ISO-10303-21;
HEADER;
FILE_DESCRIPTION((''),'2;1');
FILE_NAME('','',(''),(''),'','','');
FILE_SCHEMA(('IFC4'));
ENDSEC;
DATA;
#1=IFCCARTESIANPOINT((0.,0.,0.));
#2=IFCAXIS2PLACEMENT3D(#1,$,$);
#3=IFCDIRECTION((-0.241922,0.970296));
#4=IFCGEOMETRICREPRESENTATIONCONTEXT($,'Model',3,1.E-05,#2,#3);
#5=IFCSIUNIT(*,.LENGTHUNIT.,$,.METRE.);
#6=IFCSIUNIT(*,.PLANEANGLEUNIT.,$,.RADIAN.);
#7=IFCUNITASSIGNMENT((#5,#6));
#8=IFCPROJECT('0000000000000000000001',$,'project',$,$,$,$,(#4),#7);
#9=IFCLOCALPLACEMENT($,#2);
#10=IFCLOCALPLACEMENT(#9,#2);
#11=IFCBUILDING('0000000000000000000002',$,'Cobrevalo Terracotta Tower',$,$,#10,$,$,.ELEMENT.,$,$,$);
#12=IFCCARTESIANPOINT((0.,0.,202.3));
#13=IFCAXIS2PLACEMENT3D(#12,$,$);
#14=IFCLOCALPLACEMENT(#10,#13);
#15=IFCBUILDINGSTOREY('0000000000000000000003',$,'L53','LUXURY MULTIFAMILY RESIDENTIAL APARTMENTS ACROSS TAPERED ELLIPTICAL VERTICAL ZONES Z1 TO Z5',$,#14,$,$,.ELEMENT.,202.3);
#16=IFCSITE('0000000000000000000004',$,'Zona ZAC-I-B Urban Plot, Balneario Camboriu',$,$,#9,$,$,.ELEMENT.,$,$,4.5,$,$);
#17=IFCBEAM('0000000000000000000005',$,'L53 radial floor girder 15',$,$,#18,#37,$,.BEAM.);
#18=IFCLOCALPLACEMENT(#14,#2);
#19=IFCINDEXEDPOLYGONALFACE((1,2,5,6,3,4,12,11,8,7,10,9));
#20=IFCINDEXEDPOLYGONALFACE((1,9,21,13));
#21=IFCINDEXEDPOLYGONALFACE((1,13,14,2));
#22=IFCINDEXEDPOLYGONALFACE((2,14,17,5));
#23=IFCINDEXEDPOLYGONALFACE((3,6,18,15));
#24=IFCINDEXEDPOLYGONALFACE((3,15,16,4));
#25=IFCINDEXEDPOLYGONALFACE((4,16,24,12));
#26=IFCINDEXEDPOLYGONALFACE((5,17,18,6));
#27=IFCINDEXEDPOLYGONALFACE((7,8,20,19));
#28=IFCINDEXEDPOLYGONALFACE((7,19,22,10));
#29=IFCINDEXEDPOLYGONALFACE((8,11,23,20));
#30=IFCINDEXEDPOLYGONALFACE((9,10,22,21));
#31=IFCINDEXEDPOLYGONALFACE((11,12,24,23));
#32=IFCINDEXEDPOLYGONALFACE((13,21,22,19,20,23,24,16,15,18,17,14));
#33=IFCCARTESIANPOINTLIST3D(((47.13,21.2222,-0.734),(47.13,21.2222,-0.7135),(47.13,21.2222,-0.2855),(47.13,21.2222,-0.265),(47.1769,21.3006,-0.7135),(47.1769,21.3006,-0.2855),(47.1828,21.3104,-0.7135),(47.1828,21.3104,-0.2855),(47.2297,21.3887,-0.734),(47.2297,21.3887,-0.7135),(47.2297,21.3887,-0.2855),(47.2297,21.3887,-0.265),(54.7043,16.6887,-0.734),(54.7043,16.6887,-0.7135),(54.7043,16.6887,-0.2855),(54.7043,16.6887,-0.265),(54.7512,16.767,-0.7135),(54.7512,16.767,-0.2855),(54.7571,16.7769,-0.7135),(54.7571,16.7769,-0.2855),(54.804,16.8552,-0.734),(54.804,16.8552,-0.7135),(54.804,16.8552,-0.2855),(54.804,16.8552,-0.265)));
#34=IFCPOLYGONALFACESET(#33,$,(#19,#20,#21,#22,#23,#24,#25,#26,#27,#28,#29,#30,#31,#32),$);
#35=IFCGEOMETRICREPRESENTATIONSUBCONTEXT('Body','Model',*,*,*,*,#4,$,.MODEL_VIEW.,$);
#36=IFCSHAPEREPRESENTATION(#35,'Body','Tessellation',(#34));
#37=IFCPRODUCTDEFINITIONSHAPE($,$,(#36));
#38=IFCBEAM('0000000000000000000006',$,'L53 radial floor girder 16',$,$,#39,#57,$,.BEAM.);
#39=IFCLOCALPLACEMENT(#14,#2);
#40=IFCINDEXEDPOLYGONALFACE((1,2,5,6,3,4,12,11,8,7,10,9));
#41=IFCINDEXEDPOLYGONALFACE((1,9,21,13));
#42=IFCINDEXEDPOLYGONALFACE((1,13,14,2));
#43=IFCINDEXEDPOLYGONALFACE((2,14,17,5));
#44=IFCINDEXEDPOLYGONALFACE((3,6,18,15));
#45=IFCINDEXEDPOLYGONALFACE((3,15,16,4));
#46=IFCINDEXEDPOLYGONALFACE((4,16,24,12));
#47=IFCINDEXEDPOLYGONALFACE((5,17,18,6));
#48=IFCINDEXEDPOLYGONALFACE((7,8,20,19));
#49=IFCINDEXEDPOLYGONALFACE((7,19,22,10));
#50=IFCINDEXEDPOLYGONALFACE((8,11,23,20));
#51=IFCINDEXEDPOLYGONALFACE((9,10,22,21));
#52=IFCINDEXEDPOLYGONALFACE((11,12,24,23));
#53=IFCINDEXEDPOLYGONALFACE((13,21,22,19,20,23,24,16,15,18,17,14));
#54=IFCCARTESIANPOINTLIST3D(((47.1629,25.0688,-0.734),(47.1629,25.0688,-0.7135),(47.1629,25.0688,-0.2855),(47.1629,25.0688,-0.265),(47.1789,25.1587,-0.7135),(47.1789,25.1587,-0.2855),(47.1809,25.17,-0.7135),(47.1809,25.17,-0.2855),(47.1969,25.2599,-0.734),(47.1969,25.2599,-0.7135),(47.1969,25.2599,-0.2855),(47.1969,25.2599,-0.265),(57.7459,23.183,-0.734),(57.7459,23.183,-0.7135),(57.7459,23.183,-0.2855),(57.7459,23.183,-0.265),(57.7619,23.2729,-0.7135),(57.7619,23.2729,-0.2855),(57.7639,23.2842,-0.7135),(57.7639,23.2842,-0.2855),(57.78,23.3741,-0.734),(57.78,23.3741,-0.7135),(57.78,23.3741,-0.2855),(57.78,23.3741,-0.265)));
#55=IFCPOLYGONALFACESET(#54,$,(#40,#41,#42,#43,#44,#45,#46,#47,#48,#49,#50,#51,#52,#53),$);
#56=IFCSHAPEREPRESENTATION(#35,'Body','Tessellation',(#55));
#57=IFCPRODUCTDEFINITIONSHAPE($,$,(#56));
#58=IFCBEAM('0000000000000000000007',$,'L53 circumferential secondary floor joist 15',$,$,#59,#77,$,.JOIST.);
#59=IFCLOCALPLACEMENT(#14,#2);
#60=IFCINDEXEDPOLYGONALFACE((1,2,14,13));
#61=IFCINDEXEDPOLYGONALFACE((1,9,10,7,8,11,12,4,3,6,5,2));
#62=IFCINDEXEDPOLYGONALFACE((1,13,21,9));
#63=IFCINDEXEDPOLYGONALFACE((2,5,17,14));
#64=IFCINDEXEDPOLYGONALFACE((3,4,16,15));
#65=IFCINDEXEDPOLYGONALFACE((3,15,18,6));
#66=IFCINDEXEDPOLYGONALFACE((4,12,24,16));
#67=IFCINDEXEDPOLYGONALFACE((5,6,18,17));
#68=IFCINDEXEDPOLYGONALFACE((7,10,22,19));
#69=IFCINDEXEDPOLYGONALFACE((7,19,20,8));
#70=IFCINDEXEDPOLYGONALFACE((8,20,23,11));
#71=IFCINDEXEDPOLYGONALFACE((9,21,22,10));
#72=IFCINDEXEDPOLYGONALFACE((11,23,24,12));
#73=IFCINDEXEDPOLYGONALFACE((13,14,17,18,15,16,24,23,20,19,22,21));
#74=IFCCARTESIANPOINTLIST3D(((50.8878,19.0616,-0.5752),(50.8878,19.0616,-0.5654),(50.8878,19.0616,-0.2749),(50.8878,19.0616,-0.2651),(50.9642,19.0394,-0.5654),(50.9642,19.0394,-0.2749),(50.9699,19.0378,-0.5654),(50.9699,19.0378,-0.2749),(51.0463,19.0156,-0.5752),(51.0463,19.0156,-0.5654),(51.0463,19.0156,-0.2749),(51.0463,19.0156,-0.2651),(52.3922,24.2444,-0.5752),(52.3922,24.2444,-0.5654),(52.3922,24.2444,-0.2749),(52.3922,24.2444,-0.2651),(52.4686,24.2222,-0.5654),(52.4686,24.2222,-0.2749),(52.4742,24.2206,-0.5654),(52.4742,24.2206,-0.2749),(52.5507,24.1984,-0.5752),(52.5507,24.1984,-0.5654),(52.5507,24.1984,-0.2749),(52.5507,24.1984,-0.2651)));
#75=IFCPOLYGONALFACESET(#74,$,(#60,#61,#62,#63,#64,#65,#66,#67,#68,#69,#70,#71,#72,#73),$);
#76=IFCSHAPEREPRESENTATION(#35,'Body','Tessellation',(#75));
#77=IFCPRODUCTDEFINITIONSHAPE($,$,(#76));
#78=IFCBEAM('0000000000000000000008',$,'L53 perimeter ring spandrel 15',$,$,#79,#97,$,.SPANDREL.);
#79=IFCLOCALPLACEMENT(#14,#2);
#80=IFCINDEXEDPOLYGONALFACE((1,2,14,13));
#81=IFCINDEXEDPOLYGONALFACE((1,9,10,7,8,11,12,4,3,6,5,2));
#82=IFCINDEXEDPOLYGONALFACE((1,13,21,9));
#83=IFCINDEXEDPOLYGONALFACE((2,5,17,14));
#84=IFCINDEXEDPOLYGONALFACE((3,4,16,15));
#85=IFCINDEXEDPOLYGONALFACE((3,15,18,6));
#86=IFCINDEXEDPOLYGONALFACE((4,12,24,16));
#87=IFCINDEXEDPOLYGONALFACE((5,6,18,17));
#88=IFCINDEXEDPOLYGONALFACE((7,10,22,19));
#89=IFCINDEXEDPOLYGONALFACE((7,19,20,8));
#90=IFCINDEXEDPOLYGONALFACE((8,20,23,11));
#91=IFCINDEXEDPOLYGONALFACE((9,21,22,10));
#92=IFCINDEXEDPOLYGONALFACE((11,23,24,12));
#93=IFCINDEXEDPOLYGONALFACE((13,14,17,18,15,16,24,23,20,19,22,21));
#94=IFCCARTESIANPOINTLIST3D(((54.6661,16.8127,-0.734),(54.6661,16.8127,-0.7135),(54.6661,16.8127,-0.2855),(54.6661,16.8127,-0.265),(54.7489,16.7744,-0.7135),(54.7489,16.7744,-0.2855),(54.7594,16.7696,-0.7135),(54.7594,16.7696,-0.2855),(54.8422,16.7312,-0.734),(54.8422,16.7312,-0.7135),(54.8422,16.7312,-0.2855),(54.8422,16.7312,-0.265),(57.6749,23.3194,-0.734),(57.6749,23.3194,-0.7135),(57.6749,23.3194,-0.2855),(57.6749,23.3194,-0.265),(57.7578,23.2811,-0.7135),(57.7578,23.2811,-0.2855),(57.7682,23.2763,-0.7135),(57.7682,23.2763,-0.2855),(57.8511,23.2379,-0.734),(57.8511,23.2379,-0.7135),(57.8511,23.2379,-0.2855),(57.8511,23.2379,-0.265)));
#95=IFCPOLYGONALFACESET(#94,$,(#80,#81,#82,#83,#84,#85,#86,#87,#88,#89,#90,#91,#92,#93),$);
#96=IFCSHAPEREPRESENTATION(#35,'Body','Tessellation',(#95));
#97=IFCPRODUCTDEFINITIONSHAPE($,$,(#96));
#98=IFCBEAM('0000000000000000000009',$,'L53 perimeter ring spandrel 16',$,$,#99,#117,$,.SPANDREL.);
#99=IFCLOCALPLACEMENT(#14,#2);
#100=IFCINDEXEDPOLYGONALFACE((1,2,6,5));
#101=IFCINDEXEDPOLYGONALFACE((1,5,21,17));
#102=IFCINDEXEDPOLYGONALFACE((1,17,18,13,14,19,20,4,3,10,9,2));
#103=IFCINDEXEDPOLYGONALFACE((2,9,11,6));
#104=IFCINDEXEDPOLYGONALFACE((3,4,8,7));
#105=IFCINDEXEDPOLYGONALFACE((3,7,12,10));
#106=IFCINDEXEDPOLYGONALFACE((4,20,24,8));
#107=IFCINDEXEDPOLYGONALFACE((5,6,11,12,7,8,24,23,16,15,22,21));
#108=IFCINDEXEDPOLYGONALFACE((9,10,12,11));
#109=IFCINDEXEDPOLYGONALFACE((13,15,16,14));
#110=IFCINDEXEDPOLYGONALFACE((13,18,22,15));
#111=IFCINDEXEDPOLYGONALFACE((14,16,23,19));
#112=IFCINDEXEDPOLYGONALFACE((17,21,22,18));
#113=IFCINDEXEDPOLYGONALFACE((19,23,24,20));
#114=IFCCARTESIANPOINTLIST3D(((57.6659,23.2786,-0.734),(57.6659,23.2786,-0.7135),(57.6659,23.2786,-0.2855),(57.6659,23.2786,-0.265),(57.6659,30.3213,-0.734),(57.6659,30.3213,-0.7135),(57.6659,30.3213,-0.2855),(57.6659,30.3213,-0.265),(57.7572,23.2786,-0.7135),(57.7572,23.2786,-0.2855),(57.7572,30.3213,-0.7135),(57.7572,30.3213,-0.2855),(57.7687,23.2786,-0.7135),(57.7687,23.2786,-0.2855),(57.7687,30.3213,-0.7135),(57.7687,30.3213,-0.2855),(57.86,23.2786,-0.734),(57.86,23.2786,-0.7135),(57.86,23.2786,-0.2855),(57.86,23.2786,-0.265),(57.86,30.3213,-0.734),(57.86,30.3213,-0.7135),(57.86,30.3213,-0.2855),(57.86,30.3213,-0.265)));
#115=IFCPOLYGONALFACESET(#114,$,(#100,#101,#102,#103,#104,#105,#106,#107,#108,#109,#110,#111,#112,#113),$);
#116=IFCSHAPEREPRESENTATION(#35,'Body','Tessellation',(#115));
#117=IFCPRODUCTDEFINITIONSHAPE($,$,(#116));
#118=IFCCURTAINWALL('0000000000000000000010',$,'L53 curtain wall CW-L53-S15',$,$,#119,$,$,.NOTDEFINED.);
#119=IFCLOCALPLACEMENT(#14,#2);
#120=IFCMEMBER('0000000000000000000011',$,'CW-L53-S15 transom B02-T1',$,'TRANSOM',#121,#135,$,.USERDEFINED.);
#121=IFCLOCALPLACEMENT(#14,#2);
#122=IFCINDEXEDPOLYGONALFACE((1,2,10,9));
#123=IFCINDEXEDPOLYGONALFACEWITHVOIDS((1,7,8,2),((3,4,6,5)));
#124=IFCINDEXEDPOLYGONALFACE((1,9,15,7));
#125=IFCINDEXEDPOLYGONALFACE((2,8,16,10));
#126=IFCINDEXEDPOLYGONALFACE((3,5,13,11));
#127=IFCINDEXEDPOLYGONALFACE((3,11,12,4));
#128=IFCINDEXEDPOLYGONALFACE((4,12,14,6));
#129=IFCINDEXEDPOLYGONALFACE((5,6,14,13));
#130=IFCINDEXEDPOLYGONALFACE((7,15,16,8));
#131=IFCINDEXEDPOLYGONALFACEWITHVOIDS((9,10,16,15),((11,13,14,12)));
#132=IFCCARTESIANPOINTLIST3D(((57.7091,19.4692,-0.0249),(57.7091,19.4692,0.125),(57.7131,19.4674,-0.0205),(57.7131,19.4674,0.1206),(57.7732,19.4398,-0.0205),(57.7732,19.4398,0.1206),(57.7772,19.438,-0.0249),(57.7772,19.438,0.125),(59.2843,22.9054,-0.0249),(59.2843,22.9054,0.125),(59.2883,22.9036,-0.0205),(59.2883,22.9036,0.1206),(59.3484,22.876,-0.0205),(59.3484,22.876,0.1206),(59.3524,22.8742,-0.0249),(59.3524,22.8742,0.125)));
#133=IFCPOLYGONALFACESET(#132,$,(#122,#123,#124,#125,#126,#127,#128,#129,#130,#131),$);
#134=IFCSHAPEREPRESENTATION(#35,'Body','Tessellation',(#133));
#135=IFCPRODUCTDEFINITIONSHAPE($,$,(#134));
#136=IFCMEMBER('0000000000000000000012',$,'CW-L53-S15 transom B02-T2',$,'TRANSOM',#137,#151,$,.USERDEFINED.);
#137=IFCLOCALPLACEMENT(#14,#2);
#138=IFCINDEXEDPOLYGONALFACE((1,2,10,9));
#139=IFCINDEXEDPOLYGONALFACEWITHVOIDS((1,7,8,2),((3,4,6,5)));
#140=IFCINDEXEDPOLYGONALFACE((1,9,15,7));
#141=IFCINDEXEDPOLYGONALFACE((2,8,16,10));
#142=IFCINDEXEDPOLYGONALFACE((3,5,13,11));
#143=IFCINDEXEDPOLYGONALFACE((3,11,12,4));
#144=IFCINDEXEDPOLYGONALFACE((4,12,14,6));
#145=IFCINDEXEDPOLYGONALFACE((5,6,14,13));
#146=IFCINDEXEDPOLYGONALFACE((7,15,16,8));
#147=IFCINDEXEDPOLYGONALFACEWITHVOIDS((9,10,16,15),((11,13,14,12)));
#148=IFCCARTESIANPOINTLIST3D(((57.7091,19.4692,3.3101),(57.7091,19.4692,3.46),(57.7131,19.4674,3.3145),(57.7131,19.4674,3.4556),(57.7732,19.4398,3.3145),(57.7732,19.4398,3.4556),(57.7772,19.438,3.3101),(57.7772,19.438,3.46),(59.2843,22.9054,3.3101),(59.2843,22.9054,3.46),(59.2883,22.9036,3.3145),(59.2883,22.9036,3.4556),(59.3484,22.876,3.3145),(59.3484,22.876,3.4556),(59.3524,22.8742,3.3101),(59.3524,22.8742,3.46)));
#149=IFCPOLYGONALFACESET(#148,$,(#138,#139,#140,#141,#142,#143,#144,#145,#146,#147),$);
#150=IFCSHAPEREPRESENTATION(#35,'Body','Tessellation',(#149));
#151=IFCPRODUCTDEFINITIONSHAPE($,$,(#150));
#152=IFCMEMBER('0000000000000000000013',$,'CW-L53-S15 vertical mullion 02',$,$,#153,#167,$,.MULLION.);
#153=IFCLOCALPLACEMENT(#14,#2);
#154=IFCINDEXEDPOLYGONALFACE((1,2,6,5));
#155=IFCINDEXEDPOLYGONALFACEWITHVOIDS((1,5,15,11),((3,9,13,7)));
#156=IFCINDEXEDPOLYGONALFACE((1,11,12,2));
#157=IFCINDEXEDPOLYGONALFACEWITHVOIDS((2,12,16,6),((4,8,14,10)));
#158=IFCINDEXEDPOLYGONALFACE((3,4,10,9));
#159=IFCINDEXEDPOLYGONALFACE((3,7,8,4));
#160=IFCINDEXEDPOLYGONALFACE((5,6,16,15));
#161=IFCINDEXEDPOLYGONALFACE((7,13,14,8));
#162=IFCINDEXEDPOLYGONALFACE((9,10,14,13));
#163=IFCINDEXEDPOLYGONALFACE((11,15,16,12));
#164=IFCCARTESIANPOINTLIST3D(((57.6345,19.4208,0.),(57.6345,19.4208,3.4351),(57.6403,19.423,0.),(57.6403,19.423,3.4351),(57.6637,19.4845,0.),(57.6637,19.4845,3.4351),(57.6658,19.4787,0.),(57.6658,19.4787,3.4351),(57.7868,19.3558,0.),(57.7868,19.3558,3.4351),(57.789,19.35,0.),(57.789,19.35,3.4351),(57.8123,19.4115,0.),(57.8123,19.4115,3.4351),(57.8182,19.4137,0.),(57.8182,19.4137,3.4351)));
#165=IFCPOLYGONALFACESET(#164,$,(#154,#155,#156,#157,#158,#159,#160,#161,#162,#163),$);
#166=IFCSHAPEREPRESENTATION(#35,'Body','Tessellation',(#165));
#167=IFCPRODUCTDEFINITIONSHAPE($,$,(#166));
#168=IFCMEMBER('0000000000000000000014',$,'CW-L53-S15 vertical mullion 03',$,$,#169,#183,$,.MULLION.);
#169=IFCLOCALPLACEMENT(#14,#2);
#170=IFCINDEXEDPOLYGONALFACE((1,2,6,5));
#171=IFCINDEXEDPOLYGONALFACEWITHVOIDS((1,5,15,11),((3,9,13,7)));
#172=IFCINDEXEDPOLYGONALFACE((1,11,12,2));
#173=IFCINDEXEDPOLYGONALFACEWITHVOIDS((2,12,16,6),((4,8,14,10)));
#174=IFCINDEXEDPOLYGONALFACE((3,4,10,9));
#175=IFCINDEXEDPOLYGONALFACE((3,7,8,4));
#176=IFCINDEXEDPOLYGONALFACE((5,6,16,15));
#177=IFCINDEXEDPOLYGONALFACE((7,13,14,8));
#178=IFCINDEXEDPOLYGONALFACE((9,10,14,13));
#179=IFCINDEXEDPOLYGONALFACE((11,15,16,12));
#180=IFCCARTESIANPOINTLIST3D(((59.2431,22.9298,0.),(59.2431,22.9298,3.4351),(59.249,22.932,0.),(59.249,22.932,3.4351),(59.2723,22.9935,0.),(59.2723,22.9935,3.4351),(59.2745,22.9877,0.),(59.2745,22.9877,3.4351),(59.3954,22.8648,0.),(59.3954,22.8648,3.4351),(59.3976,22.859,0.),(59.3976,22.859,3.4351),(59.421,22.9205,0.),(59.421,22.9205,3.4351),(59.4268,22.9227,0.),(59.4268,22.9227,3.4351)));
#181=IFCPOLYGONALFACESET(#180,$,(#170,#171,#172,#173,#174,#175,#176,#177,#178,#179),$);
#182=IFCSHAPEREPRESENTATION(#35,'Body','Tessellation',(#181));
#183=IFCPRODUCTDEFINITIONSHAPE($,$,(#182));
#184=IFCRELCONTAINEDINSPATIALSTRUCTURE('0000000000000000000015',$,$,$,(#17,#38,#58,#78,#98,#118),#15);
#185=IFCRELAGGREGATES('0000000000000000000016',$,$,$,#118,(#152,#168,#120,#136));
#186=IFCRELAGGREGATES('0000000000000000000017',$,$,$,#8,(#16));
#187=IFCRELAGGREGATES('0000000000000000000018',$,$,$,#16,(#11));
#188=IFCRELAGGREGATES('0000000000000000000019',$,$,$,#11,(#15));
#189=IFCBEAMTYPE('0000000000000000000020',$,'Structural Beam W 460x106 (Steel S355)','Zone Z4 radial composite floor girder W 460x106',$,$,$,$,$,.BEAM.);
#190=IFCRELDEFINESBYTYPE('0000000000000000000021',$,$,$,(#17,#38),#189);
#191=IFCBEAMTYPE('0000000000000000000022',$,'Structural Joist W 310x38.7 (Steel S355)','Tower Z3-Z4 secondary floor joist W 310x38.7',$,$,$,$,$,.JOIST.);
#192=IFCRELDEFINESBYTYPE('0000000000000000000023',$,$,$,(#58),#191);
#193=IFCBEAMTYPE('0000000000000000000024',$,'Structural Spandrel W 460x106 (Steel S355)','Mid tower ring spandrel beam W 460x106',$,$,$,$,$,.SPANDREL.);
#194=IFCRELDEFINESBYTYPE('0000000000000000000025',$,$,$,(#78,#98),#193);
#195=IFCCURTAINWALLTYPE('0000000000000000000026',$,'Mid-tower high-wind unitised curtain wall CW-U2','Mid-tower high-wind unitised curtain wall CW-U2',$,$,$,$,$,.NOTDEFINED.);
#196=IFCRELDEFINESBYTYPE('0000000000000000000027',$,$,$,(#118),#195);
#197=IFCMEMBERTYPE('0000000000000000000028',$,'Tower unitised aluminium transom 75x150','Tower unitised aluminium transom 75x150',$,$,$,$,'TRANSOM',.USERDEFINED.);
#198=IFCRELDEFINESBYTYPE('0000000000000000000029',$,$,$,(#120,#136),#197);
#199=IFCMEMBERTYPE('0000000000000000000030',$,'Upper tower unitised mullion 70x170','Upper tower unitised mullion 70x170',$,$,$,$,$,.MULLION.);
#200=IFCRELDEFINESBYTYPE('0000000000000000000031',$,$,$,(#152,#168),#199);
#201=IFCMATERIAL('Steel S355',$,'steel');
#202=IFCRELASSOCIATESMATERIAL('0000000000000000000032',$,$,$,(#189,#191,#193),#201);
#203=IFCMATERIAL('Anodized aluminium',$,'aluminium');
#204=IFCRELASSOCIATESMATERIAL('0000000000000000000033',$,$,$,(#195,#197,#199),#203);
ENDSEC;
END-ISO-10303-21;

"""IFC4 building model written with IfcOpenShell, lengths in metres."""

from ifc_helpers import new_model, si_unit, direction, frame, origin, origin_2d, place, context, subcontext, project, spatial, hollow_rectangle, i_section, extrude, source, transform, mapped, material, material_profile, profile_set, type_object, element, aggregate, save


model = new_model("IFC4")

# Units and contexts
model_context = context("Model", 3, precision=1e-05, world=origin(), true_north=direction((-0.241922, 0.970296)))
body_context = subcontext(model_context, "Body", "Model", "MODEL_VIEW")
ifc_project = project(units=[si_unit("LENGTHUNIT", "METRE"), si_unit("PLANEANGLEUNIT", "RADIAN")], contexts=[model_context])

# Site, building, storey
site_placement = place(None, origin())
site = spatial("IfcSite", under=ifc_project, at=site_placement, Name="Zona ZAC-I-B Urban Plot, Balneario Camboriu", CompositionType="ELEMENT", RefElevation=4.5)
building_placement = place(site_placement, origin())
building = spatial("IfcBuilding", under=site, at=building_placement, Name="Cobrevalo Terracotta Tower", CompositionType="ELEMENT")
storey_placement = place(building_placement, frame((0.0, 0.0, 202.3)))
storey = spatial("IfcBuildingStorey", under=building, at=storey_placement, Name="L53", Description="LUXURY MULTIFAMILY RESIDENTIAL APARTMENTS ACROSS TAPERED ELLIPTICAL VERTICAL ZONES Z1 TO Z5", CompositionType="ELEMENT", Elevation=202.3)

# Shared definitions
ifc_material_1 = material(Name="Steel S355", Category="steel")

# Beams
ifc_material_profile_1 = material_profile(ifc_material_1, i_section(OverallWidth=0.1941, OverallDepth=0.469, WebThickness=0.0115, FlangeThickness=0.0205, at=origin_2d()), Name="W 460x106")
ifc_profile_set_1 = profile_set([ifc_material_profile_1], Name="Steel S355")
beam_type_1 = type_object("IfcBeamType", Name="Structural Beam W 460x106 (Steel S355)", Description="Zone Z4 radial composite floor girder W 460x106", PredefinedType="BEAM", material=ifc_profile_set_1)
beam_1_placement = place(storey_placement, frame((54.7542, 16.772, -0.4995), z_axis=(-0.858046, 0.513572, 0.0), x_axis=(-0.513572, -0.858046, 0.0)))
element("IfcBeam", 1, at=beam_1_placement, inside=storey, type_object=beam_type_1, Name="L53 radial floor girder 15", PredefinedType="BEAM", context=body_context, shape_type="SweptSolid", body=[
    extrude(i_section(OverallWidth=0.1941, OverallDepth=0.469, WebThickness=0.0115, FlangeThickness=0.0205, at=origin_2d()), origin(), (0.0, 0.0, 1.0), 8.8274),
])
beam_2_placement = place(storey_placement, frame((57.7629, 23.2786, -0.4995), z_axis=(-0.984493, 0.175423, 0.0), x_axis=(-0.175423, -0.984493, 0.0)))
element("IfcBeam", 2, at=beam_2_placement, inside=storey, type_object=beam_type_1, Name="L53 radial floor girder 16", PredefinedType="BEAM", context=body_context, shape_type="SweptSolid", body=[
    extrude(i_section(OverallWidth=0.1941, OverallDepth=0.469, WebThickness=0.0115, FlangeThickness=0.0205, at=origin_2d()), origin(), (0.0, 0.0, 1.0), 10.7498),
])
ifc_material_profile_2 = material_profile(ifc_material_1, i_section(OverallWidth=0.165, OverallDepth=0.3101, WebThickness=0.0059, FlangeThickness=0.0098, at=origin_2d()), Name="W 310x38.7")
ifc_profile_set_2 = profile_set([ifc_material_profile_2], Name="Steel S355")
beam_type_2 = type_object("IfcBeamType", Name="Structural Joist W 310x38.7 (Steel S355)", Description="Tower Z3-Z4 secondary floor joist W 310x38.7", PredefinedType="JOIST", material=ifc_profile_set_2)
beam_3_placement = place(storey_placement, frame((50.967, 19.0386, -0.4202), z_axis=(0.278758, 0.960361, 0.0), x_axis=(-0.960361, 0.278758, 0.0)))
element("IfcBeam", 3, at=beam_3_placement, inside=storey, type_object=beam_type_2, Name="L53 circumferential secondary floor joist 15", PredefinedType="JOIST", context=body_context, shape_type="SweptSolid", body=[
    extrude(i_section(OverallWidth=0.165, OverallDepth=0.3101, WebThickness=0.0059, FlangeThickness=0.0098, at=origin_2d()), origin(), (0.0, 0.0, 1.0), 5.3967),
])
ifc_material_profile_3 = material_profile(ifc_material_1, i_section(OverallWidth=0.1941, OverallDepth=0.469, WebThickness=0.0115, FlangeThickness=0.0205, at=origin_2d()), Name="W 460x106")
ifc_profile_set_3 = profile_set([ifc_material_profile_3], Name="Steel S355")
beam_type_3 = type_object("IfcBeamType", Name="Structural Spandrel W 460x106 (Steel S355)", Description="Mid tower ring spandrel beam W 460x106", PredefinedType="SPANDREL", material=ifc_profile_set_3)
beam_4_placement = place(storey_placement, frame((54.7542, 16.772, -0.4995), z_axis=(0.419719, 0.907654, 0.0), x_axis=(-0.907654, 0.419719, 0.0)))
element("IfcBeam", 4, at=beam_4_placement, inside=storey, type_object=beam_type_3, Name="L53 perimeter ring spandrel 15", PredefinedType="SPANDREL", context=body_context, shape_type="SweptSolid", body=[
    extrude(i_section(OverallWidth=0.1941, OverallDepth=0.469, WebThickness=0.0115, FlangeThickness=0.0205, at=origin_2d()), origin(), (0.0, 0.0, 1.0), 7.1687),
])
beam_5_placement = place(storey_placement, frame((57.7629, 23.2786, -0.4995), z_axis=(0.0, 1.0, 0.0), x_axis=(-1.0, 0.0, 0.0)))
element("IfcBeam", 5, at=beam_5_placement, inside=storey, type_object=beam_type_3, Name="L53 perimeter ring spandrel 16", PredefinedType="SPANDREL", context=body_context, shape_type="SweptSolid", body=[
    extrude(i_section(OverallWidth=0.1941, OverallDepth=0.469, WebThickness=0.0115, FlangeThickness=0.0205, at=origin_2d()), origin(), (0.0, 0.0, 1.0), 7.0427),
])

# Curtain wall, members
ifc_material_2 = material(Name="Anodized aluminium", Category="aluminium")
curtain_wall_type = type_object("IfcCurtainWallType", Name="Mid-tower high-wind unitised curtain wall CW-U2", Description="Mid-tower high-wind unitised curtain wall CW-U2", PredefinedType="NOTDEFINED", material=ifc_material_2)
curtain_wall_placement = place(storey_placement, origin())
curtain_wall = element("IfcCurtainWall", 6, at=curtain_wall_placement, inside=storey, type_object=curtain_wall_type, Name="L53 curtain wall CW-L53-S15", PredefinedType="NOTDEFINED")
ifc_material_profile_4 = material_profile(ifc_material_2, hollow_rectangle(XDim=0.075, YDim=0.1499, WallThickness=0.0044, at=origin_2d()), Name="CWT 75x150")
ifc_profile_set_4 = profile_set([ifc_material_profile_4], Name="Anodized aluminium")
member_type_1 = type_object("IfcMemberType", Name="Tower unitised aluminium transom 75x150", Description="Tower unitised aluminium transom 75x150", ElementType="TRANSOM", PredefinedType="USERDEFINED", material=ifc_profile_set_4)
shared_shape_1 = source(origin(), body_context, "Body", "SweptSolid", [
    extrude(hollow_rectangle(XDim=0.075, YDim=0.1499, WallThickness=0.0044, at=origin_2d()), origin(), (0.0, 0.0, 1.0), 3.78),
])
member_1_placement = place(storey_placement, frame((57.7432, 19.4536, 0.05), z_axis=(0.416706, 0.909041, 0.0), x_axis=(-0.909041, 0.416706, 0.0)))
member_1 = element("IfcMember", 7, at=member_1_placement, type_object=member_type_1, Name="CW-L53-S15 transom B02-T1", ObjectType="TRANSOM", PredefinedType="USERDEFINED", context=body_context, shape_type="MappedRepresentation", body=[
    mapped(shared_shape_1, transform((0.0, 0.0, 0.0), scale=1.0)),
])
member_2_placement = place(storey_placement, frame((57.7432, 19.4536, 3.385), z_axis=(0.416706, 0.909041, 0.0), x_axis=(-0.909041, 0.416706, 0.0)))
member_2 = element("IfcMember", 8, at=member_2_placement, type_object=member_type_1, Name="CW-L53-S15 transom B02-T2", ObjectType="TRANSOM", PredefinedType="USERDEFINED", context=body_context, shape_type="MappedRepresentation", body=[
    mapped(shared_shape_1, transform((0.0, 0.0, 0.0), scale=1.0)),
])
ifc_material_profile_5 = material_profile(ifc_material_2, hollow_rectangle(XDim=0.0701, YDim=0.1699, WallThickness=0.0044, at=origin_2d()), Name="CWM 70x170")
ifc_profile_set_5 = profile_set([ifc_material_profile_5], Name="Anodized aluminium")
member_type_2 = type_object("IfcMemberType", Name="Upper tower unitised mullion 70x170", Description="Upper tower unitised mullion 70x170", PredefinedType="MULLION", material=ifc_profile_set_5)
shared_shape_2 = source(origin(), body_context, "Body", "SweptSolid", [
    extrude(hollow_rectangle(XDim=0.0701, YDim=0.1699, WallThickness=0.0044, at=origin_2d()), origin(), (0.0, 0.0, 1.0), 3.4351),
])
member_3_placement = place(storey_placement, frame((57.7263, 19.4172, 0.0), z_axis=(0.0, 0.0, 1.0), x_axis=(0.416725, 0.909033, 0.0)))
member_3 = element("IfcMember", 9, at=member_3_placement, type_object=member_type_2, Name="CW-L53-S15 vertical mullion 02", PredefinedType="MULLION", context=body_context, shape_type="MappedRepresentation", body=[
    mapped(shared_shape_2, transform((0.0, 0.0, 0.0), scale=1.0)),
])
member_4_placement = place(storey_placement, frame((59.335, 22.9263, 0.0), z_axis=(0.0, 0.0, 1.0), x_axis=(0.416725, 0.909033, 0.0)))
member_4 = element("IfcMember", 10, at=member_4_placement, type_object=member_type_2, Name="CW-L53-S15 vertical mullion 03", PredefinedType="MULLION", context=body_context, shape_type="MappedRepresentation", body=[
    mapped(shared_shape_2, transform((0.0, 0.0, 0.0), scale=1.0)),
])
aggregate(curtain_wall, [member_3, member_4, member_1, member_2])

save(model, "model.ifc")
